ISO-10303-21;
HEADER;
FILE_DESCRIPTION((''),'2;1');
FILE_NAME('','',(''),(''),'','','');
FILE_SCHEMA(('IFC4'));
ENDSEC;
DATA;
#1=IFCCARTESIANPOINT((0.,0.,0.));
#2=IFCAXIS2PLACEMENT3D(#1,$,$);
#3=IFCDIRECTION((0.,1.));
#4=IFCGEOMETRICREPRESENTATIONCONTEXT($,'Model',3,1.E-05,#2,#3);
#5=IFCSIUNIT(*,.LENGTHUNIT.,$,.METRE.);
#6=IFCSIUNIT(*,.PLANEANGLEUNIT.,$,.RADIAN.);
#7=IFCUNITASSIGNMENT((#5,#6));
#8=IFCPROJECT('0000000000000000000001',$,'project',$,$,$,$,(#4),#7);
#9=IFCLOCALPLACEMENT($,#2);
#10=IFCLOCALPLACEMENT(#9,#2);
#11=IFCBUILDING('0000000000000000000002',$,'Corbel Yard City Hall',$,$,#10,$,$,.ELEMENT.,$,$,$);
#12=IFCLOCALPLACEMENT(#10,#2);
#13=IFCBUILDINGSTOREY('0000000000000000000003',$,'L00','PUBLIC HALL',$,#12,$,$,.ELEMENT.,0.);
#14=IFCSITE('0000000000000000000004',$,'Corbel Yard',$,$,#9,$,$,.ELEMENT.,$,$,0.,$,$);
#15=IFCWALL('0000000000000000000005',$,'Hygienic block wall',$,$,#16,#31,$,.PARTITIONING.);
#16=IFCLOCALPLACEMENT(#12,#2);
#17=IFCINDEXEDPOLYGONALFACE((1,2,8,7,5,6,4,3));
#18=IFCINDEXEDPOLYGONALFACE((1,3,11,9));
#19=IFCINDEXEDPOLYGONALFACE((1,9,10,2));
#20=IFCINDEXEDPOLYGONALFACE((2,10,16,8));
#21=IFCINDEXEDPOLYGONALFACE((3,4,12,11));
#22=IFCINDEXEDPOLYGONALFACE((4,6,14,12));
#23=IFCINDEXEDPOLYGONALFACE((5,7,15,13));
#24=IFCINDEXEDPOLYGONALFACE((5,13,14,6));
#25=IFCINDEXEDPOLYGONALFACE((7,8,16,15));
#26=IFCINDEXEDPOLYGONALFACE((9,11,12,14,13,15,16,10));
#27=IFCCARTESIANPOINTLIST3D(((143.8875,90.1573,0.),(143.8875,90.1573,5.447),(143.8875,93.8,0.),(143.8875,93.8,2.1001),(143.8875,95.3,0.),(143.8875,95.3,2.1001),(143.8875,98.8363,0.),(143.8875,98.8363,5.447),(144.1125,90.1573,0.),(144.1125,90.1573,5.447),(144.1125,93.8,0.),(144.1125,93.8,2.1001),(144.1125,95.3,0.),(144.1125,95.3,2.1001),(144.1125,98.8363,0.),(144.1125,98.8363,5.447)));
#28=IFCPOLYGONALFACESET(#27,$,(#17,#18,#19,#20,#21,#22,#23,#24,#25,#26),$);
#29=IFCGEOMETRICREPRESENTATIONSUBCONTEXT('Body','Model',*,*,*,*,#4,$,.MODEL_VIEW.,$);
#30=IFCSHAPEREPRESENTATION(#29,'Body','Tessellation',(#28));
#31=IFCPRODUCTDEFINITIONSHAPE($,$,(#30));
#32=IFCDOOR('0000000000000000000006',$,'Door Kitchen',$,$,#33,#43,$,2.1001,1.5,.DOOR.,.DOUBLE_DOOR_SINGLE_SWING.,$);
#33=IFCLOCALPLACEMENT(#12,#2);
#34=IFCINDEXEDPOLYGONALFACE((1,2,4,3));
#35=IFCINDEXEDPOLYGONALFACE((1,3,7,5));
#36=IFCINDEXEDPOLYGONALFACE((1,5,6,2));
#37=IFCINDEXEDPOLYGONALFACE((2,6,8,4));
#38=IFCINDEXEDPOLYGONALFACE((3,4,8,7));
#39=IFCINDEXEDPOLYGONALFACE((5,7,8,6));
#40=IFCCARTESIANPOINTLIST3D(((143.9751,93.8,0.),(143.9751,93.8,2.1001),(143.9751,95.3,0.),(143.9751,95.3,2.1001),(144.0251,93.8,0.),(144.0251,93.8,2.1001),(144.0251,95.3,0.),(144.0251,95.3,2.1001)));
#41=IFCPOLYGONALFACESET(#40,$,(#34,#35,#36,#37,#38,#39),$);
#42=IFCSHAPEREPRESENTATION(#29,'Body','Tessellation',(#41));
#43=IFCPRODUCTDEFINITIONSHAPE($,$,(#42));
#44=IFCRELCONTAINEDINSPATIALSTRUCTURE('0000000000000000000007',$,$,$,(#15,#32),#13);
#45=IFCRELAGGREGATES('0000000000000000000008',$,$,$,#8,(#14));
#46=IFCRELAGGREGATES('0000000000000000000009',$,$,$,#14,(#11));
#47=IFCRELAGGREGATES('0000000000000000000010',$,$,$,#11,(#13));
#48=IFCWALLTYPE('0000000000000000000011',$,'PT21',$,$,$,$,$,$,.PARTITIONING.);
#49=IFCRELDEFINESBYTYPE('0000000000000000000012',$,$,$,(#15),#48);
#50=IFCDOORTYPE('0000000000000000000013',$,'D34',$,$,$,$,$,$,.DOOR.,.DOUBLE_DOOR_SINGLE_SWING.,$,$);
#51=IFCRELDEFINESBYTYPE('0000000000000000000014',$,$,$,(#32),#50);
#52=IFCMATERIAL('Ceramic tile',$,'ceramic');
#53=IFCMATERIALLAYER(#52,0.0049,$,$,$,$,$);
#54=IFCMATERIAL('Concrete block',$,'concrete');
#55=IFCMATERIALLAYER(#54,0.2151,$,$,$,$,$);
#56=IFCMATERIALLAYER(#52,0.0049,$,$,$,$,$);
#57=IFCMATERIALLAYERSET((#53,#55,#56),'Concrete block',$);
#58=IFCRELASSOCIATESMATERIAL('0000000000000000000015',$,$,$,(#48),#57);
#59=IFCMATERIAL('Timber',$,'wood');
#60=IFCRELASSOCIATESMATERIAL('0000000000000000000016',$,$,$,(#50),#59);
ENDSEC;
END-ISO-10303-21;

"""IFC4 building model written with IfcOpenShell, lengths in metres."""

from ifc_helpers import new_model, si_unit, direction, frame, frame_2d, origin, place, context, subcontext, project, spatial, rectangle, extrude, material, layer, layer_set, type_object, element, fill, save


model = new_model("IFC4")

# Units and contexts
model_context = context("Model", 3, precision=1e-05, world=origin(), true_north=direction((0.0, 1.0)))
body_context = subcontext(model_context, "Body", "Model", "MODEL_VIEW")
ifc_project = project(units=[si_unit("LENGTHUNIT", "METRE"), si_unit("PLANEANGLEUNIT", "RADIAN")], contexts=[model_context])

# Site, building, storey
site_placement = place(None, origin())
site = spatial("IfcSite", under=ifc_project, at=site_placement, Name="Corbel Yard", CompositionType="ELEMENT", RefElevation=0.0)
building_placement = place(site_placement, origin())
building = spatial("IfcBuilding", under=site, at=building_placement, Name="Corbel Yard City Hall", CompositionType="ELEMENT")
storey_placement = place(building_placement, origin())
storey = spatial("IfcBuildingStorey", under=building, at=storey_placement, Name="L00", Description="PUBLIC HALL", CompositionType="ELEMENT", Elevation=0.0)

# Wall, opening, door
ifc_material_1 = material(Name="Ceramic tile", Category="ceramic")
ifc_layer_1 = layer(ifc_material_1, 0.0049)
ifc_material_2 = material(Name="Concrete block", Category="concrete")
ifc_layer_2 = layer(ifc_material_2, 0.2151)
ifc_layer_3 = layer(ifc_material_1, 0.0049)
ifc_layer_set_1 = layer_set([ifc_layer_1, ifc_layer_2, ifc_layer_3], Name="Concrete block")
wall_type_1 = type_object("IfcWallType", Name="PT21", PredefinedType="PARTITIONING", material=ifc_layer_set_1)
wall_1_placement = place(storey_placement, frame((144.0, 90.1575, 0.0), z_axis=(0.0, 0.0, 1.0), x_axis=(0.0, 1.0, 0.0)))
wall_1 = element("IfcWall", 1, at=wall_1_placement, inside=storey, type_object=wall_type_1, Name="Hygienic block wall", PredefinedType="PARTITIONING", context=body_context, shape_type="SweptSolid", body=[
    extrude(rectangle(XDim=8.679, YDim=0.2251, at=frame_2d((4.3394, 0.0))), origin(), (0.0, 0.0, 1.0), 5.447),
])
opening_1_placement = place(wall_1_placement, frame((3.6426, 0.0, 0.0)))
opening_1 = element("IfcOpeningElement", 2, at=opening_1_placement, cuts=wall_1, PredefinedType="OPENING", context=body_context, shape_type="SweptSolid", body=[
    extrude(rectangle(XDim=1.5, YDim=2.1001, at=frame_2d((0.75, 1.05))), frame((0.0, 0.1226, 0.0), z_axis=(0.0, -1.0, 0.0), x_axis=(1.0, 0.0, 0.0)), (0.0, 0.0, 1.0), 0.2451),
])
ifc_material_3 = material(Name="Timber", Category="wood")
door_type = type_object("IfcDoorType", Name="D34", OperationType="DOUBLE_DOOR_SINGLE_SWING", PredefinedType="DOOR", material=ifc_material_3)
door_placement = place(opening_1_placement, origin())
door = element("IfcDoor", 3, at=door_placement, inside=storey, type_object=door_type, Name="Door Kitchen", OperationType="DOUBLE_DOOR_SINGLE_SWING", OverallHeight=2.1001, OverallWidth=1.5, PredefinedType="DOOR", context=body_context, shape_type="SweptSolid", body=[
    extrude(rectangle(XDim=1.5, YDim=2.1001, at=frame_2d((0.75, 1.05))), frame((0.0, 0.0249, 0.0), z_axis=(0.0, -1.0, 0.0), x_axis=(1.0, 0.0, 0.0)), (0.0, 0.0, 1.0), 0.05),
])
fill(opening_1, door)

save(model, "model.ifc")
